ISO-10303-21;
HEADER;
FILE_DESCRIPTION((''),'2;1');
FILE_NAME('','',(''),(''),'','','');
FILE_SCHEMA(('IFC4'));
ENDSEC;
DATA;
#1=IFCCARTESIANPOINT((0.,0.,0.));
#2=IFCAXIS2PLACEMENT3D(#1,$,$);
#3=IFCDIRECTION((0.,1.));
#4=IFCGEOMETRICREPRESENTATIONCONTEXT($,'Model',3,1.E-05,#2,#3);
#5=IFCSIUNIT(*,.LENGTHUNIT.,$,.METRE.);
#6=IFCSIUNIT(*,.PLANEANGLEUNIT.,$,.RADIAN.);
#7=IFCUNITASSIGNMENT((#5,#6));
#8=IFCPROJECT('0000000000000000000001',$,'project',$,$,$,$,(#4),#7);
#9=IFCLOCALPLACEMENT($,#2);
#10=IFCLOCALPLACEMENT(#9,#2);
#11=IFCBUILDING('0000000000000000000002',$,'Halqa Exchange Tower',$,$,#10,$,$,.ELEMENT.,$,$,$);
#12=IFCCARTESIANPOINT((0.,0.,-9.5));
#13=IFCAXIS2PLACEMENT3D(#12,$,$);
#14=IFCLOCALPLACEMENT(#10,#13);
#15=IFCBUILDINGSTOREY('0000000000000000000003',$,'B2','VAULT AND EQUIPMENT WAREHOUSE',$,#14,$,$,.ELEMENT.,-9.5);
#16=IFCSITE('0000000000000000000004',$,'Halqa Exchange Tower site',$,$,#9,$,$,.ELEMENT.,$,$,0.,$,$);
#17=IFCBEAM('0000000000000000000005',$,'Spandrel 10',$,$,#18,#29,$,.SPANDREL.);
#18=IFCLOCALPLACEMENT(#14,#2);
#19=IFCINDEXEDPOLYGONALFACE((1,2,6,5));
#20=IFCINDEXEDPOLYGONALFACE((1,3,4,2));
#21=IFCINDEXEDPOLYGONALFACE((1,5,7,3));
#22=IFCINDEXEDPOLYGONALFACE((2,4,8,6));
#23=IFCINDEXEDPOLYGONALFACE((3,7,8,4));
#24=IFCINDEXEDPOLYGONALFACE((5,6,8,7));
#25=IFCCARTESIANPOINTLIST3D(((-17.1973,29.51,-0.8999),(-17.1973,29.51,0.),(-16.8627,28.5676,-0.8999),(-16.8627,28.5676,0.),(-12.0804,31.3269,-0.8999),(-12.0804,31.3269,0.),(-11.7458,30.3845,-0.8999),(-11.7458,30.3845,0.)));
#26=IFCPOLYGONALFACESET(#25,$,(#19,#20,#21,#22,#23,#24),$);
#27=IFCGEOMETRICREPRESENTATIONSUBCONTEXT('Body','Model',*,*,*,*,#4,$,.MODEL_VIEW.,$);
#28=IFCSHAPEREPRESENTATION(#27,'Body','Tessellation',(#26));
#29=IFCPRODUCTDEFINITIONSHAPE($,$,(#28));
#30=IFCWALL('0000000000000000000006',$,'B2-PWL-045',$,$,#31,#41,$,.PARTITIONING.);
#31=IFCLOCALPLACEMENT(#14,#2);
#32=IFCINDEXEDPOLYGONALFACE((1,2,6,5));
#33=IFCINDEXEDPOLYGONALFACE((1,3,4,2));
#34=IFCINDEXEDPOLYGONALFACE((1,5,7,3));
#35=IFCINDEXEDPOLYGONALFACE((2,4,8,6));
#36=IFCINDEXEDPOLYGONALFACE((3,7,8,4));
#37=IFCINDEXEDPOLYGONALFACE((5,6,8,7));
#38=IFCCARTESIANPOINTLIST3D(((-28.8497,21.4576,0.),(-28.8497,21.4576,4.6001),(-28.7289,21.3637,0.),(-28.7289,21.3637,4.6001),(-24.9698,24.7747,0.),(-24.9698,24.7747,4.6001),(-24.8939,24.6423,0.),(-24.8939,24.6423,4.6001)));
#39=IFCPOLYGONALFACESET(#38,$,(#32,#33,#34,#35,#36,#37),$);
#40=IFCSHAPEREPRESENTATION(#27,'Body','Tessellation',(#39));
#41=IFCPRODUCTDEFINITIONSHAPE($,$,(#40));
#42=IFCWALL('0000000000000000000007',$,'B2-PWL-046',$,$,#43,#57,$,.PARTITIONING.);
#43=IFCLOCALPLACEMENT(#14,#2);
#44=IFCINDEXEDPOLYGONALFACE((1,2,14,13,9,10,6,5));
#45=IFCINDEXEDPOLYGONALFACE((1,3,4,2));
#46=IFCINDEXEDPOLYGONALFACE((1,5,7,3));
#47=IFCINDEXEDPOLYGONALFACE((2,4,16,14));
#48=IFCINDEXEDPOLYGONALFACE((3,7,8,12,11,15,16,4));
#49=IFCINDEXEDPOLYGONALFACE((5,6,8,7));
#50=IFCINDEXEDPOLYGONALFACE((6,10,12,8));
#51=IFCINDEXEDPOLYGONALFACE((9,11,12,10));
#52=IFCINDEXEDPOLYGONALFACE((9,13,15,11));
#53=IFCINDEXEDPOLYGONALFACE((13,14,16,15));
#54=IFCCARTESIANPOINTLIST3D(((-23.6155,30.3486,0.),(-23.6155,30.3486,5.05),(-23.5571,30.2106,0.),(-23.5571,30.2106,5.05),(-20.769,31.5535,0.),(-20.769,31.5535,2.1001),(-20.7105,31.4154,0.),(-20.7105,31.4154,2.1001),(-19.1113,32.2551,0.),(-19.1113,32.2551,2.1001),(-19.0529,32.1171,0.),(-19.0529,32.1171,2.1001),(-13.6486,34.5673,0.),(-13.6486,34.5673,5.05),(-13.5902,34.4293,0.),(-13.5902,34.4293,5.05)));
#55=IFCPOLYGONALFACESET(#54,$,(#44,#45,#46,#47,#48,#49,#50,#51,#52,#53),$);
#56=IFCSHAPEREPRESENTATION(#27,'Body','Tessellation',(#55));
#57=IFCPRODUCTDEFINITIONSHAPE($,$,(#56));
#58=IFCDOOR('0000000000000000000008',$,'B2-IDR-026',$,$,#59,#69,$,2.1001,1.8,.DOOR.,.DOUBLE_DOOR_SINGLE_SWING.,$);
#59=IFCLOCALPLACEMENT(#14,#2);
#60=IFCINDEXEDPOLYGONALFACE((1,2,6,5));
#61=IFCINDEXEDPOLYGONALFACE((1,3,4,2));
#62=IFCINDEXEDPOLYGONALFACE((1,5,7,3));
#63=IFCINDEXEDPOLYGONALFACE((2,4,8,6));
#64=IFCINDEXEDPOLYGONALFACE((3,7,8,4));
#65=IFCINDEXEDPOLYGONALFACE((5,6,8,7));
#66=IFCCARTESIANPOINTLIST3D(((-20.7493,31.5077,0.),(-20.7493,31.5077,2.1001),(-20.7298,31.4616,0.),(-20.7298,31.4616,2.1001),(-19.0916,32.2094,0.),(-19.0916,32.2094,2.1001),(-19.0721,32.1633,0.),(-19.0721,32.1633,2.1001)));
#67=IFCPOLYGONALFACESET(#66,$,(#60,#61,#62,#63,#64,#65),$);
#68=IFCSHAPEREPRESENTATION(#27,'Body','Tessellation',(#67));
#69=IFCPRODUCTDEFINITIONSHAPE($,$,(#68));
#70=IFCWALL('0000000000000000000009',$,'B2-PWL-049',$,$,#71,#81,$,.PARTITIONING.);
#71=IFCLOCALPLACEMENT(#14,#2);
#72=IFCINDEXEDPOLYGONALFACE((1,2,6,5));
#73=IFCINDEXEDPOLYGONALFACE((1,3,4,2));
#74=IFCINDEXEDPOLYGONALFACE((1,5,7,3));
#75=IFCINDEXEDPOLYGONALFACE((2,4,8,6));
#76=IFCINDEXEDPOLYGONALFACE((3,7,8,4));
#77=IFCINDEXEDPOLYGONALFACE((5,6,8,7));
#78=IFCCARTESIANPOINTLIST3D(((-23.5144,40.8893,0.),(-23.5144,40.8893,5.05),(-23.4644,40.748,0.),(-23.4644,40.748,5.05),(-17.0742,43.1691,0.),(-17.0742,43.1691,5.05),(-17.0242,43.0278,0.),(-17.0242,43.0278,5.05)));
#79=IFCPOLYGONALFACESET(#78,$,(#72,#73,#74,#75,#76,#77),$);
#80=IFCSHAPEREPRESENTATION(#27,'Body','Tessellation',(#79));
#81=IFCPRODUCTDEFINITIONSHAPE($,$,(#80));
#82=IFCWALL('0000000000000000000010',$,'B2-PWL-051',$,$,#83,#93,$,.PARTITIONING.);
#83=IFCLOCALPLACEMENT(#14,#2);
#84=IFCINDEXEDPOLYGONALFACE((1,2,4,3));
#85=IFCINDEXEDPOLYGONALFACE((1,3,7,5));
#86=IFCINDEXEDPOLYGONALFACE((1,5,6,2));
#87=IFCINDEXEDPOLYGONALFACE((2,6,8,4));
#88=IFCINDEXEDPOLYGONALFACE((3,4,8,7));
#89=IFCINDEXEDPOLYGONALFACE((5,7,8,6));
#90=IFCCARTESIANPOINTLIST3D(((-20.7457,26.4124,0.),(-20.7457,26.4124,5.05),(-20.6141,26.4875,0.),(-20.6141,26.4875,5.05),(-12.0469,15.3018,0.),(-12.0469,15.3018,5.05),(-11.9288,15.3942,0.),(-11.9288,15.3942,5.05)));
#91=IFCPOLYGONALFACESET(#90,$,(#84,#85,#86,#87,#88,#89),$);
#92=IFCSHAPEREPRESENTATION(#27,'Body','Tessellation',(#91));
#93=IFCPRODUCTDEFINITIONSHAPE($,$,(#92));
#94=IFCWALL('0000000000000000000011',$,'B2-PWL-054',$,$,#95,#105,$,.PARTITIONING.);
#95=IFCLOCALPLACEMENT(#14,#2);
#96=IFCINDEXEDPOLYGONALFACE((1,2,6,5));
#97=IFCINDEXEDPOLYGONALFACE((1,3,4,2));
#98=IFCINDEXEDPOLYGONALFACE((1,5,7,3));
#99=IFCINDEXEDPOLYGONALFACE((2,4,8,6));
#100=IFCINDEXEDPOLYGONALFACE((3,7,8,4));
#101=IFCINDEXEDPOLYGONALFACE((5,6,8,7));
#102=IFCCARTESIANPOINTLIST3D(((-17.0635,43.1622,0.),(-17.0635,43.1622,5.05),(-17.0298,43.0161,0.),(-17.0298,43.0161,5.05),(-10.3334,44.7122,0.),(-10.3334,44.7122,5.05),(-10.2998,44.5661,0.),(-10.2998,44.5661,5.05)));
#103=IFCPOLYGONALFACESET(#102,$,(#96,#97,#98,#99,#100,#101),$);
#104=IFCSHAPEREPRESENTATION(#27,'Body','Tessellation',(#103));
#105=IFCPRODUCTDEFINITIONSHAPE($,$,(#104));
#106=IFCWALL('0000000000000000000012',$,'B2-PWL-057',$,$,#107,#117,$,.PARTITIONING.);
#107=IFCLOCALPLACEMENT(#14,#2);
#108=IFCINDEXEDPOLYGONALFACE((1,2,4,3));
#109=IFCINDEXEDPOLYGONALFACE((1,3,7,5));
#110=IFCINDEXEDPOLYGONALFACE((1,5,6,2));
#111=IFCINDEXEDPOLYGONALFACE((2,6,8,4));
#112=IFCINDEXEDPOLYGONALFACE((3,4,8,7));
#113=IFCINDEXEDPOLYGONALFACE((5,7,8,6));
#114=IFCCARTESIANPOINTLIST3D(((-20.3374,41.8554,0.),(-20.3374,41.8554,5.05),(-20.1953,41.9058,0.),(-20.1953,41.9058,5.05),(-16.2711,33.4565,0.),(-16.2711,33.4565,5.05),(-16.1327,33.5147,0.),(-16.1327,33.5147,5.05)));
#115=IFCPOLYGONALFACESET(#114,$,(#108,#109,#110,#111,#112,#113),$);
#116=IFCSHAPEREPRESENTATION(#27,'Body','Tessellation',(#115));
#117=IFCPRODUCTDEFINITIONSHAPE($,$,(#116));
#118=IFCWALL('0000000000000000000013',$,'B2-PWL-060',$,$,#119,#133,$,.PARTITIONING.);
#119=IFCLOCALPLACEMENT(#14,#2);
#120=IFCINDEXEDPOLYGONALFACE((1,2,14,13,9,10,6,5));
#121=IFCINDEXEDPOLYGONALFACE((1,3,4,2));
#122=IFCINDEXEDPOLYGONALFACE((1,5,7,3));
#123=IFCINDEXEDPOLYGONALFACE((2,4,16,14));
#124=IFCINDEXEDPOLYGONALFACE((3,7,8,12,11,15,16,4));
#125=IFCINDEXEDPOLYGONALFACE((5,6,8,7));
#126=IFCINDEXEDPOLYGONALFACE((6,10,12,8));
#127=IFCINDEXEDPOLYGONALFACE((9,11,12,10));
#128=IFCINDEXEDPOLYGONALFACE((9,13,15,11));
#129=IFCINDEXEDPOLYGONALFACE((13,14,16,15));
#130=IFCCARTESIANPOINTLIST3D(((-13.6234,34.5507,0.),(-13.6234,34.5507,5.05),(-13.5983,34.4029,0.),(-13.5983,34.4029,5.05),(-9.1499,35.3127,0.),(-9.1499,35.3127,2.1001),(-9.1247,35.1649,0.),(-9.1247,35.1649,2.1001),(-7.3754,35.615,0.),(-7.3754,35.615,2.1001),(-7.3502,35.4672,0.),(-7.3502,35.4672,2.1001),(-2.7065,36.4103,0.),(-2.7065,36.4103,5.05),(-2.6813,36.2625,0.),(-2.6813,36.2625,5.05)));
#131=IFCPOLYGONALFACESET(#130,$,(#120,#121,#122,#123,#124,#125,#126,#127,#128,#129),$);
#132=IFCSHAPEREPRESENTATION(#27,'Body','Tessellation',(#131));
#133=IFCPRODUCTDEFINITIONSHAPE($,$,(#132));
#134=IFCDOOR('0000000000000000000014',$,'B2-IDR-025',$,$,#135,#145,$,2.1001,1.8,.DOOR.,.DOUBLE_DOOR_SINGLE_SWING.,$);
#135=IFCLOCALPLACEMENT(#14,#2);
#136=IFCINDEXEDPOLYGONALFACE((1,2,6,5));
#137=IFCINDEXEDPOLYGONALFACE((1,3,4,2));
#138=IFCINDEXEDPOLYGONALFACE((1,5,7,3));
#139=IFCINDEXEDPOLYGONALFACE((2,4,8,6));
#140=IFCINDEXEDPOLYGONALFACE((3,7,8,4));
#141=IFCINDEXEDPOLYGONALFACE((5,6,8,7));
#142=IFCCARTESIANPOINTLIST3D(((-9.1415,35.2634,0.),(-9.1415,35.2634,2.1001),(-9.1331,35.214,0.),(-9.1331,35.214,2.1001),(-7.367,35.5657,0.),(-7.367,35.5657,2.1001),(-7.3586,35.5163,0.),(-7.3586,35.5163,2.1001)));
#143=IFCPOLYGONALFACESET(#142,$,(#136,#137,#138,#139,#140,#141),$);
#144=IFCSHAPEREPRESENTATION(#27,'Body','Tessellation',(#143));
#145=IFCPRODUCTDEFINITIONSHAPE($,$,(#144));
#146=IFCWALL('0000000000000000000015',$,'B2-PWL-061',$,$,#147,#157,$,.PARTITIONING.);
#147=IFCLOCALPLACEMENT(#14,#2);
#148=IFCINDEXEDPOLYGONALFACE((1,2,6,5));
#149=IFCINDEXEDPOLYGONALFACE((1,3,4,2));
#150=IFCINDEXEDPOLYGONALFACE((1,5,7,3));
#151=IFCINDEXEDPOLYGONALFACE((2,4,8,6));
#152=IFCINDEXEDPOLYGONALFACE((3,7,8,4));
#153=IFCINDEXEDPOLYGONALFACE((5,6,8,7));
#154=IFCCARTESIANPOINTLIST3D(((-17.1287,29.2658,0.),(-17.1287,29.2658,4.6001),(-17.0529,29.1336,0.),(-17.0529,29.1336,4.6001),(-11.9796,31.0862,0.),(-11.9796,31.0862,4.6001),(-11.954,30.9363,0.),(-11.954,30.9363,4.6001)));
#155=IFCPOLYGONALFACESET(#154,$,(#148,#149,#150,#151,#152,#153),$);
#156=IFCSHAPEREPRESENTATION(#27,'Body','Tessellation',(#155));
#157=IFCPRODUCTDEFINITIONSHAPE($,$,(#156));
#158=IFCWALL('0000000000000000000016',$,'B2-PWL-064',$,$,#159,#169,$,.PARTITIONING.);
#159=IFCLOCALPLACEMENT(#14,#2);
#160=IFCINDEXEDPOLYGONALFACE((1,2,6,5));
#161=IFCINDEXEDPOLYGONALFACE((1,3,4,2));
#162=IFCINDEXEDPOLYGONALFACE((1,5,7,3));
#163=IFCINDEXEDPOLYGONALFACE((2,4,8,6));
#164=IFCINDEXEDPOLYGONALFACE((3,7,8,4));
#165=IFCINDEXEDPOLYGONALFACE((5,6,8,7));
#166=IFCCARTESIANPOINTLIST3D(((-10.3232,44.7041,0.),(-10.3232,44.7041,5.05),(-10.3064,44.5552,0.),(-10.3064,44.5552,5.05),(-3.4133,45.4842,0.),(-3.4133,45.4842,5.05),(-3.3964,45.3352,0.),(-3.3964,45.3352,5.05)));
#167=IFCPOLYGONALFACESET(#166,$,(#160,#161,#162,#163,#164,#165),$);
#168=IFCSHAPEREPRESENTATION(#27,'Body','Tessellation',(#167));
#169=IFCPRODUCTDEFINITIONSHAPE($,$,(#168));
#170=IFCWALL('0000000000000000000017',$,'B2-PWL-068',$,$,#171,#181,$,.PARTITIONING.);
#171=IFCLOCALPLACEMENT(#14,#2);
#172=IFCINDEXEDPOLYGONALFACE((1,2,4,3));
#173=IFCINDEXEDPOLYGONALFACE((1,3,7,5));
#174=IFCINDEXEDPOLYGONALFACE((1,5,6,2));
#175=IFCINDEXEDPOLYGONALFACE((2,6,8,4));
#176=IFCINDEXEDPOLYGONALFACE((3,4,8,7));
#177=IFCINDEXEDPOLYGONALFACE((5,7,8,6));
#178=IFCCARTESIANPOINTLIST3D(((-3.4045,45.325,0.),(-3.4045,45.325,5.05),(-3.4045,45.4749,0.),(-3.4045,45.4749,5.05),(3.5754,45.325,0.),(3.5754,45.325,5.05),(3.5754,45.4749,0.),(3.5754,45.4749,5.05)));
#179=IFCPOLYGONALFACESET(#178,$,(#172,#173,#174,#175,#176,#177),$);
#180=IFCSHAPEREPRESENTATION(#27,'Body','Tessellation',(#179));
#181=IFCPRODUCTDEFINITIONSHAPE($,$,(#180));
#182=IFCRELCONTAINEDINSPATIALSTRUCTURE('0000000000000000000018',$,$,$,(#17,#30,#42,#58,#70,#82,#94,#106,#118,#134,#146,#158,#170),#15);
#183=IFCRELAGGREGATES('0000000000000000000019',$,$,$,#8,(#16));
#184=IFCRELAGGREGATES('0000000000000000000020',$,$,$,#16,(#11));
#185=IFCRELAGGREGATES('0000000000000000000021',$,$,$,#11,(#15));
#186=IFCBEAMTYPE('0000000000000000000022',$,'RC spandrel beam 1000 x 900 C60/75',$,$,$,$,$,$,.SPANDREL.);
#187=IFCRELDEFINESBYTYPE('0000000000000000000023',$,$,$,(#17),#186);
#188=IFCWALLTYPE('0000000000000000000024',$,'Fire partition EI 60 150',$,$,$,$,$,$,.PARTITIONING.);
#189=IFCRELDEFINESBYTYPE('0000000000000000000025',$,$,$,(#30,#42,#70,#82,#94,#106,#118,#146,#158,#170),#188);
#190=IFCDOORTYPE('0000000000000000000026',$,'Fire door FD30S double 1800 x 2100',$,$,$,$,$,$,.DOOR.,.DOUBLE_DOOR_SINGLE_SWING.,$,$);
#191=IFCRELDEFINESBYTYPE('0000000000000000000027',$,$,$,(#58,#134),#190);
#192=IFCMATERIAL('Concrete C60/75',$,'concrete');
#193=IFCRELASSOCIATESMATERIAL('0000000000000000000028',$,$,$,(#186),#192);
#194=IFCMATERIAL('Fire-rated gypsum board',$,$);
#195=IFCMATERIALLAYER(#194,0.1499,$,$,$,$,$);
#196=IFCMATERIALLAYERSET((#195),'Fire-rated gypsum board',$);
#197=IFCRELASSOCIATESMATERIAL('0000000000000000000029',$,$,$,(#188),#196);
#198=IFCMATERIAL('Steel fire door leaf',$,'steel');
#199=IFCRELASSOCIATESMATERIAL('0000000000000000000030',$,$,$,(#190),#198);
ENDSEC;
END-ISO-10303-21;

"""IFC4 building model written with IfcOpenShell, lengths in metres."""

from ifc_helpers import new_model, si_unit, direction, frame, frame_2d, origin, origin_2d, place, context, subcontext, project, spatial, polyline, rectangle, outline, extrude, material, layer, layer_set, material_profile, profile_set, type_object, element, fill, save


model = new_model("IFC4")

# Units and contexts
model_context = context("Model", 3, precision=1e-05, world=origin(), true_north=direction((0.0, 1.0)))
body_context = subcontext(model_context, "Body", "Model", "MODEL_VIEW")
ifc_project = project(units=[si_unit("LENGTHUNIT", "METRE"), si_unit("PLANEANGLEUNIT", "RADIAN")], contexts=[model_context])

# Site, building, storey
site_placement = place(None, origin())
site = spatial("IfcSite", under=ifc_project, at=site_placement, Name="Halqa Exchange Tower site", CompositionType="ELEMENT", RefElevation=0.0)
building_placement = place(site_placement, origin())
building = spatial("IfcBuilding", under=site, at=building_placement, Name="Halqa Exchange Tower", CompositionType="ELEMENT")
storey_placement = place(building_placement, frame((0.0, 0.0, -9.5)))
storey = spatial("IfcBuildingStorey", under=building, at=storey_placement, Name="B2", Description="VAULT AND EQUIPMENT WAREHOUSE", CompositionType="ELEMENT", Elevation=-9.5)

# Shared definitions
ifc_material_1 = material(Name="Concrete C60/75", Category="concrete")

# Beam
ifc_material_profile_1 = material_profile(ifc_material_1, rectangle(XDim=1.0, YDim=0.8999, at=origin_2d()), Name="1000 x 900")
ifc_profile_set_1 = profile_set([ifc_material_profile_1], Name="Concrete C60/75")
beam_type_1 = type_object("IfcBeamType", Name="RC spandrel beam 1000 x 900 C60/75", PredefinedType="SPANDREL", material=ifc_profile_set_1)
beam_1_placement = place(storey_placement, frame((-11.9131, 30.8557, -0.45), z_axis=(-0.942358, -0.334607, 0.0), x_axis=(0.334607, -0.942358, 0.0)))
element("IfcBeam", 1, at=beam_1_placement, inside=storey, type_object=beam_type_1, Name="Spandrel 10", PredefinedType="SPANDREL", context=body_context, shape_type="SweptSolid", body=[
    extrude(rectangle(XDim=1.0, YDim=0.8999, at=origin_2d()), origin(), (0.0, 0.0, 1.0), 5.4299),
])

# Wall
ifc_material_2 = material(Name="Fire-rated gypsum board")
ifc_layer_1 = layer(ifc_material_2, 0.1499)
ifc_layer_set_1 = layer_set([ifc_layer_1], Name="Fire-rated gypsum board")
wall_type_1 = type_object("IfcWallType", Name="Fire partition EI 60 150", PredefinedType="PARTITIONING", material=ifc_layer_set_1)
wall_1_placement = place(storey_placement, frame((-24.9319, 24.7085, 0.0), z_axis=(0.0, 0.0, 1.0), x_axis=(-0.760085, -0.649824, 0.0)))
element("IfcWall", 2, at=wall_1_placement, inside=storey, type_object=wall_type_1, Name="B2-PWL-045", PredefinedType="PARTITIONING", context=body_context, shape_type="SweptSolid", body=[
    extrude(outline(polyline([(-0.0142, -0.075), (5.0903, -0.075), (5.0596, 0.075), (0.0142, 0.075), (-0.0142, -0.075)])), origin(), (0.0, 0.0, 1.0), 4.6001),
])

# Wall, opening, door
wall_2_placement = place(storey_placement, frame((-23.5864, 30.2795, 0.0), z_axis=(0.0, 0.0, 1.0), x_axis=(0.920903, 0.389791, 0.0)))
wall_2 = element("IfcWall", 3, at=wall_2_placement, inside=storey, type_object=wall_type_1, Name="B2-PWL-046", PredefinedType="PARTITIONING", context=body_context, shape_type="SweptSolid", body=[
    extrude(rectangle(XDim=10.823, YDim=0.1499, at=frame_2d((5.4116, 0.0))), origin(), (0.0, 0.0, 1.0), 5.05),
])
opening_1_placement = place(wall_2_placement, frame((3.0913, 0.0, 0.0)))
opening_1 = element("IfcOpeningElement", 4, at=opening_1_placement, cuts=wall_2, PredefinedType="OPENING", context=body_context, shape_type="SweptSolid", body=[
    extrude(rectangle(XDim=1.8, YDim=2.1001, at=frame_2d((0.8999, 1.05))), frame((0.0, 0.0869, 0.0), z_axis=(0.0, -1.0, 0.0), x_axis=(1.0, 0.0, 0.0)), (0.0, 0.0, 1.0), 0.1738),
])
ifc_material_3 = material(Name="Steel fire door leaf", Category="steel")
door_type = type_object("IfcDoorType", Name="Fire door FD30S double 1800 x 2100", OperationType="DOUBLE_DOOR_SINGLE_SWING", PredefinedType="DOOR", material=ifc_material_3)
door_1_placement = place(opening_1_placement, frame((1.8, 0.0, 0.0), z_axis=(0.0, 0.0, 1.0), x_axis=(-1.0, 0.0, 0.0)))
door_1 = element("IfcDoor", 5, at=door_1_placement, inside=storey, type_object=door_type, Name="B2-IDR-026", OperationType="DOUBLE_DOOR_SINGLE_SWING", OverallHeight=2.1001, OverallWidth=1.8, PredefinedType="DOOR", context=body_context, shape_type="SweptSolid", body=[
    extrude(rectangle(XDim=1.8, YDim=2.1001, at=frame_2d((0.8999, 1.05))), frame((0.0, 0.0249, 0.0), z_axis=(0.0, -1.0, 0.0), x_axis=(1.0, 0.0, 0.0)), (0.0, 0.0, 1.0), 0.05),
])
fill(opening_1, door_1)

# Walls
wall_3_placement = place(storey_placement, frame((-23.4895, 40.8186, 0.0), z_axis=(0.0, 0.0, 1.0), x_axis=(0.942679, 0.333702, 0.0)))
element("IfcWall", 6, at=wall_3_placement, inside=storey, type_object=wall_type_1, Name="B2-PWL-049", PredefinedType="PARTITIONING", context=body_context, shape_type="SweptSolid", body=[
    extrude(rectangle(XDim=6.8318, YDim=0.1499, at=frame_2d((3.416, 0.0))), origin(), (0.0, 0.0, 1.0), 5.05),
])
wall_4_placement = place(storey_placement, frame((-20.6799, 26.45, 0.0), z_axis=(0.0, 0.0, 1.0), x_axis=(0.616466, -0.787382, 0.0)))
element("IfcWall", 7, at=wall_4_placement, inside=storey, type_object=wall_type_1, Name="B2-PWL-051", PredefinedType="PARTITIONING", context=body_context, shape_type="SweptSolid", body=[
    extrude(outline(polyline([(-0.011, -0.075), (14.0999, -0.075), (14.0999, 0.075), (0.011, 0.075), (-0.011, -0.075)])), origin(), (0.0, 0.0, 1.0), 5.05),
])
wall_5_placement = place(storey_placement, frame((-17.0466, 43.0891, 0.0), z_axis=(0.0, 0.0, 1.0), x_axis=(0.974487, 0.224444, 0.0)))
element("IfcWall", 8, at=wall_5_placement, inside=storey, type_object=wall_type_1, Name="B2-PWL-054", PredefinedType="PARTITIONING", context=body_context, shape_type="SweptSolid", body=[
    extrude(rectangle(XDim=6.9062, YDim=0.1499, at=frame_2d((3.4531, 0.0))), origin(), (0.0, 0.0, 1.0), 5.05),
])
wall_6_placement = place(storey_placement, frame((-16.2019, 33.4856, 0.0), z_axis=(0.0, 0.0, 1.0), x_axis=(-0.435765, 0.900061, 0.0)))
element("IfcWall", 9, at=wall_6_placement, inside=storey, type_object=wall_type_1, Name="B2-PWL-057", PredefinedType="PARTITIONING", context=body_context, shape_type="SweptSolid", body=[
    extrude(outline(polyline([(-0.0039, -0.075), (9.3188, -0.075), (9.3354, 0.075), (0.0039, 0.075), (-0.0039, -0.075)])), origin(), (0.0, 0.0, 1.0), 5.05),
])

# Wall, opening, door
wall_7_placement = place(storey_placement, frame((-13.6108, 34.4768, 0.0), z_axis=(0.0, 0.0, 1.0), x_axis=(0.9858, 0.167923, 0.0)))
wall_7 = element("IfcWall", 10, at=wall_7_placement, inside=storey, type_object=wall_type_1, Name="B2-PWL-060", PredefinedType="PARTITIONING", context=body_context, shape_type="SweptSolid", body=[
    extrude(rectangle(XDim=11.0742, YDim=0.1499, at=frame_2d((5.5371, 0.0))), origin(), (0.0, 0.0, 1.0), 5.05),
])
opening_2_placement = place(wall_7_placement, frame((4.5381, 0.0, 0.0)))
opening_2 = element("IfcOpeningElement", 11, at=opening_2_placement, cuts=wall_7, PredefinedType="OPENING", context=body_context, shape_type="SweptSolid", body=[
    extrude(rectangle(XDim=1.8, YDim=2.1001, at=frame_2d((0.8999, 1.05))), frame((0.0, 0.0869, 0.0), z_axis=(0.0, -1.0, 0.0), x_axis=(1.0, 0.0, 0.0)), (0.0, 0.0, 1.0), 0.1738),
])
door_2_placement = place(opening_2_placement, origin())
door_2 = element("IfcDoor", 12, at=door_2_placement, inside=storey, type_object=door_type, Name="B2-IDR-025", OperationType="DOUBLE_DOOR_SINGLE_SWING", OverallHeight=2.1001, OverallWidth=1.8, PredefinedType="DOOR", context=body_context, shape_type="SweptSolid", body=[
    extrude(rectangle(XDim=1.8, YDim=2.1001, at=frame_2d((0.8999, 1.05))), frame((0.0, 0.0249, 0.0), z_axis=(0.0, -1.0, 0.0), x_axis=(1.0, 0.0, 0.0)), (0.0, 0.0, 1.0), 0.05),
])
fill(opening_2, door_2)

# Walls
wall_8_placement = place(storey_placement, frame((-11.9668, 31.0112, 0.0), z_axis=(0.0, 0.0, 1.0), x_axis=(-0.942814, -0.333318, 0.0)))
element("IfcWall", 13, at=wall_8_placement, inside=storey, type_object=wall_type_1, Name="B2-PWL-061", PredefinedType="PARTITIONING", context=body_context, shape_type="SweptSolid", body=[
    extrude(outline(polyline([(-0.0129, -0.075), (5.4485, -0.075), (5.4211, 0.075), (0.0129, 0.075), (-0.0129, -0.075)])), origin(), (0.0, 0.0, 1.0), 4.6001),
])
wall_9_placement = place(storey_placement, frame((-10.3149, 44.6296, 0.0), z_axis=(0.0, 0.0, 1.0), x_axis=(0.993689, 0.112173, 0.0)))
element("IfcWall", 14, at=wall_9_placement, inside=storey, type_object=wall_type_1, Name="B2-PWL-064", PredefinedType="PARTITIONING", context=body_context, shape_type="SweptSolid", body=[
    extrude(rectangle(XDim=6.9539, YDim=0.1499, at=frame_2d((3.4771, 0.0))), origin(), (0.0, 0.0, 1.0), 5.05),
])
wall_10_placement = place(storey_placement, frame((-3.4045, 45.3999, 0.0), z_axis=(0.0, 0.0, 1.0), x_axis=(1.0, 0.0, 0.0)))
element("IfcWall", 15, at=wall_10_placement, inside=storey, type_object=wall_type_1, Name="B2-PWL-068", PredefinedType="PARTITIONING", context=body_context, shape_type="SweptSolid", body=[
    extrude(rectangle(XDim=6.98, YDim=0.1499, at=frame_2d((3.49, 0.0))), origin(), (0.0, 0.0, 1.0), 5.05),
])

save(model, "model.ifc")
